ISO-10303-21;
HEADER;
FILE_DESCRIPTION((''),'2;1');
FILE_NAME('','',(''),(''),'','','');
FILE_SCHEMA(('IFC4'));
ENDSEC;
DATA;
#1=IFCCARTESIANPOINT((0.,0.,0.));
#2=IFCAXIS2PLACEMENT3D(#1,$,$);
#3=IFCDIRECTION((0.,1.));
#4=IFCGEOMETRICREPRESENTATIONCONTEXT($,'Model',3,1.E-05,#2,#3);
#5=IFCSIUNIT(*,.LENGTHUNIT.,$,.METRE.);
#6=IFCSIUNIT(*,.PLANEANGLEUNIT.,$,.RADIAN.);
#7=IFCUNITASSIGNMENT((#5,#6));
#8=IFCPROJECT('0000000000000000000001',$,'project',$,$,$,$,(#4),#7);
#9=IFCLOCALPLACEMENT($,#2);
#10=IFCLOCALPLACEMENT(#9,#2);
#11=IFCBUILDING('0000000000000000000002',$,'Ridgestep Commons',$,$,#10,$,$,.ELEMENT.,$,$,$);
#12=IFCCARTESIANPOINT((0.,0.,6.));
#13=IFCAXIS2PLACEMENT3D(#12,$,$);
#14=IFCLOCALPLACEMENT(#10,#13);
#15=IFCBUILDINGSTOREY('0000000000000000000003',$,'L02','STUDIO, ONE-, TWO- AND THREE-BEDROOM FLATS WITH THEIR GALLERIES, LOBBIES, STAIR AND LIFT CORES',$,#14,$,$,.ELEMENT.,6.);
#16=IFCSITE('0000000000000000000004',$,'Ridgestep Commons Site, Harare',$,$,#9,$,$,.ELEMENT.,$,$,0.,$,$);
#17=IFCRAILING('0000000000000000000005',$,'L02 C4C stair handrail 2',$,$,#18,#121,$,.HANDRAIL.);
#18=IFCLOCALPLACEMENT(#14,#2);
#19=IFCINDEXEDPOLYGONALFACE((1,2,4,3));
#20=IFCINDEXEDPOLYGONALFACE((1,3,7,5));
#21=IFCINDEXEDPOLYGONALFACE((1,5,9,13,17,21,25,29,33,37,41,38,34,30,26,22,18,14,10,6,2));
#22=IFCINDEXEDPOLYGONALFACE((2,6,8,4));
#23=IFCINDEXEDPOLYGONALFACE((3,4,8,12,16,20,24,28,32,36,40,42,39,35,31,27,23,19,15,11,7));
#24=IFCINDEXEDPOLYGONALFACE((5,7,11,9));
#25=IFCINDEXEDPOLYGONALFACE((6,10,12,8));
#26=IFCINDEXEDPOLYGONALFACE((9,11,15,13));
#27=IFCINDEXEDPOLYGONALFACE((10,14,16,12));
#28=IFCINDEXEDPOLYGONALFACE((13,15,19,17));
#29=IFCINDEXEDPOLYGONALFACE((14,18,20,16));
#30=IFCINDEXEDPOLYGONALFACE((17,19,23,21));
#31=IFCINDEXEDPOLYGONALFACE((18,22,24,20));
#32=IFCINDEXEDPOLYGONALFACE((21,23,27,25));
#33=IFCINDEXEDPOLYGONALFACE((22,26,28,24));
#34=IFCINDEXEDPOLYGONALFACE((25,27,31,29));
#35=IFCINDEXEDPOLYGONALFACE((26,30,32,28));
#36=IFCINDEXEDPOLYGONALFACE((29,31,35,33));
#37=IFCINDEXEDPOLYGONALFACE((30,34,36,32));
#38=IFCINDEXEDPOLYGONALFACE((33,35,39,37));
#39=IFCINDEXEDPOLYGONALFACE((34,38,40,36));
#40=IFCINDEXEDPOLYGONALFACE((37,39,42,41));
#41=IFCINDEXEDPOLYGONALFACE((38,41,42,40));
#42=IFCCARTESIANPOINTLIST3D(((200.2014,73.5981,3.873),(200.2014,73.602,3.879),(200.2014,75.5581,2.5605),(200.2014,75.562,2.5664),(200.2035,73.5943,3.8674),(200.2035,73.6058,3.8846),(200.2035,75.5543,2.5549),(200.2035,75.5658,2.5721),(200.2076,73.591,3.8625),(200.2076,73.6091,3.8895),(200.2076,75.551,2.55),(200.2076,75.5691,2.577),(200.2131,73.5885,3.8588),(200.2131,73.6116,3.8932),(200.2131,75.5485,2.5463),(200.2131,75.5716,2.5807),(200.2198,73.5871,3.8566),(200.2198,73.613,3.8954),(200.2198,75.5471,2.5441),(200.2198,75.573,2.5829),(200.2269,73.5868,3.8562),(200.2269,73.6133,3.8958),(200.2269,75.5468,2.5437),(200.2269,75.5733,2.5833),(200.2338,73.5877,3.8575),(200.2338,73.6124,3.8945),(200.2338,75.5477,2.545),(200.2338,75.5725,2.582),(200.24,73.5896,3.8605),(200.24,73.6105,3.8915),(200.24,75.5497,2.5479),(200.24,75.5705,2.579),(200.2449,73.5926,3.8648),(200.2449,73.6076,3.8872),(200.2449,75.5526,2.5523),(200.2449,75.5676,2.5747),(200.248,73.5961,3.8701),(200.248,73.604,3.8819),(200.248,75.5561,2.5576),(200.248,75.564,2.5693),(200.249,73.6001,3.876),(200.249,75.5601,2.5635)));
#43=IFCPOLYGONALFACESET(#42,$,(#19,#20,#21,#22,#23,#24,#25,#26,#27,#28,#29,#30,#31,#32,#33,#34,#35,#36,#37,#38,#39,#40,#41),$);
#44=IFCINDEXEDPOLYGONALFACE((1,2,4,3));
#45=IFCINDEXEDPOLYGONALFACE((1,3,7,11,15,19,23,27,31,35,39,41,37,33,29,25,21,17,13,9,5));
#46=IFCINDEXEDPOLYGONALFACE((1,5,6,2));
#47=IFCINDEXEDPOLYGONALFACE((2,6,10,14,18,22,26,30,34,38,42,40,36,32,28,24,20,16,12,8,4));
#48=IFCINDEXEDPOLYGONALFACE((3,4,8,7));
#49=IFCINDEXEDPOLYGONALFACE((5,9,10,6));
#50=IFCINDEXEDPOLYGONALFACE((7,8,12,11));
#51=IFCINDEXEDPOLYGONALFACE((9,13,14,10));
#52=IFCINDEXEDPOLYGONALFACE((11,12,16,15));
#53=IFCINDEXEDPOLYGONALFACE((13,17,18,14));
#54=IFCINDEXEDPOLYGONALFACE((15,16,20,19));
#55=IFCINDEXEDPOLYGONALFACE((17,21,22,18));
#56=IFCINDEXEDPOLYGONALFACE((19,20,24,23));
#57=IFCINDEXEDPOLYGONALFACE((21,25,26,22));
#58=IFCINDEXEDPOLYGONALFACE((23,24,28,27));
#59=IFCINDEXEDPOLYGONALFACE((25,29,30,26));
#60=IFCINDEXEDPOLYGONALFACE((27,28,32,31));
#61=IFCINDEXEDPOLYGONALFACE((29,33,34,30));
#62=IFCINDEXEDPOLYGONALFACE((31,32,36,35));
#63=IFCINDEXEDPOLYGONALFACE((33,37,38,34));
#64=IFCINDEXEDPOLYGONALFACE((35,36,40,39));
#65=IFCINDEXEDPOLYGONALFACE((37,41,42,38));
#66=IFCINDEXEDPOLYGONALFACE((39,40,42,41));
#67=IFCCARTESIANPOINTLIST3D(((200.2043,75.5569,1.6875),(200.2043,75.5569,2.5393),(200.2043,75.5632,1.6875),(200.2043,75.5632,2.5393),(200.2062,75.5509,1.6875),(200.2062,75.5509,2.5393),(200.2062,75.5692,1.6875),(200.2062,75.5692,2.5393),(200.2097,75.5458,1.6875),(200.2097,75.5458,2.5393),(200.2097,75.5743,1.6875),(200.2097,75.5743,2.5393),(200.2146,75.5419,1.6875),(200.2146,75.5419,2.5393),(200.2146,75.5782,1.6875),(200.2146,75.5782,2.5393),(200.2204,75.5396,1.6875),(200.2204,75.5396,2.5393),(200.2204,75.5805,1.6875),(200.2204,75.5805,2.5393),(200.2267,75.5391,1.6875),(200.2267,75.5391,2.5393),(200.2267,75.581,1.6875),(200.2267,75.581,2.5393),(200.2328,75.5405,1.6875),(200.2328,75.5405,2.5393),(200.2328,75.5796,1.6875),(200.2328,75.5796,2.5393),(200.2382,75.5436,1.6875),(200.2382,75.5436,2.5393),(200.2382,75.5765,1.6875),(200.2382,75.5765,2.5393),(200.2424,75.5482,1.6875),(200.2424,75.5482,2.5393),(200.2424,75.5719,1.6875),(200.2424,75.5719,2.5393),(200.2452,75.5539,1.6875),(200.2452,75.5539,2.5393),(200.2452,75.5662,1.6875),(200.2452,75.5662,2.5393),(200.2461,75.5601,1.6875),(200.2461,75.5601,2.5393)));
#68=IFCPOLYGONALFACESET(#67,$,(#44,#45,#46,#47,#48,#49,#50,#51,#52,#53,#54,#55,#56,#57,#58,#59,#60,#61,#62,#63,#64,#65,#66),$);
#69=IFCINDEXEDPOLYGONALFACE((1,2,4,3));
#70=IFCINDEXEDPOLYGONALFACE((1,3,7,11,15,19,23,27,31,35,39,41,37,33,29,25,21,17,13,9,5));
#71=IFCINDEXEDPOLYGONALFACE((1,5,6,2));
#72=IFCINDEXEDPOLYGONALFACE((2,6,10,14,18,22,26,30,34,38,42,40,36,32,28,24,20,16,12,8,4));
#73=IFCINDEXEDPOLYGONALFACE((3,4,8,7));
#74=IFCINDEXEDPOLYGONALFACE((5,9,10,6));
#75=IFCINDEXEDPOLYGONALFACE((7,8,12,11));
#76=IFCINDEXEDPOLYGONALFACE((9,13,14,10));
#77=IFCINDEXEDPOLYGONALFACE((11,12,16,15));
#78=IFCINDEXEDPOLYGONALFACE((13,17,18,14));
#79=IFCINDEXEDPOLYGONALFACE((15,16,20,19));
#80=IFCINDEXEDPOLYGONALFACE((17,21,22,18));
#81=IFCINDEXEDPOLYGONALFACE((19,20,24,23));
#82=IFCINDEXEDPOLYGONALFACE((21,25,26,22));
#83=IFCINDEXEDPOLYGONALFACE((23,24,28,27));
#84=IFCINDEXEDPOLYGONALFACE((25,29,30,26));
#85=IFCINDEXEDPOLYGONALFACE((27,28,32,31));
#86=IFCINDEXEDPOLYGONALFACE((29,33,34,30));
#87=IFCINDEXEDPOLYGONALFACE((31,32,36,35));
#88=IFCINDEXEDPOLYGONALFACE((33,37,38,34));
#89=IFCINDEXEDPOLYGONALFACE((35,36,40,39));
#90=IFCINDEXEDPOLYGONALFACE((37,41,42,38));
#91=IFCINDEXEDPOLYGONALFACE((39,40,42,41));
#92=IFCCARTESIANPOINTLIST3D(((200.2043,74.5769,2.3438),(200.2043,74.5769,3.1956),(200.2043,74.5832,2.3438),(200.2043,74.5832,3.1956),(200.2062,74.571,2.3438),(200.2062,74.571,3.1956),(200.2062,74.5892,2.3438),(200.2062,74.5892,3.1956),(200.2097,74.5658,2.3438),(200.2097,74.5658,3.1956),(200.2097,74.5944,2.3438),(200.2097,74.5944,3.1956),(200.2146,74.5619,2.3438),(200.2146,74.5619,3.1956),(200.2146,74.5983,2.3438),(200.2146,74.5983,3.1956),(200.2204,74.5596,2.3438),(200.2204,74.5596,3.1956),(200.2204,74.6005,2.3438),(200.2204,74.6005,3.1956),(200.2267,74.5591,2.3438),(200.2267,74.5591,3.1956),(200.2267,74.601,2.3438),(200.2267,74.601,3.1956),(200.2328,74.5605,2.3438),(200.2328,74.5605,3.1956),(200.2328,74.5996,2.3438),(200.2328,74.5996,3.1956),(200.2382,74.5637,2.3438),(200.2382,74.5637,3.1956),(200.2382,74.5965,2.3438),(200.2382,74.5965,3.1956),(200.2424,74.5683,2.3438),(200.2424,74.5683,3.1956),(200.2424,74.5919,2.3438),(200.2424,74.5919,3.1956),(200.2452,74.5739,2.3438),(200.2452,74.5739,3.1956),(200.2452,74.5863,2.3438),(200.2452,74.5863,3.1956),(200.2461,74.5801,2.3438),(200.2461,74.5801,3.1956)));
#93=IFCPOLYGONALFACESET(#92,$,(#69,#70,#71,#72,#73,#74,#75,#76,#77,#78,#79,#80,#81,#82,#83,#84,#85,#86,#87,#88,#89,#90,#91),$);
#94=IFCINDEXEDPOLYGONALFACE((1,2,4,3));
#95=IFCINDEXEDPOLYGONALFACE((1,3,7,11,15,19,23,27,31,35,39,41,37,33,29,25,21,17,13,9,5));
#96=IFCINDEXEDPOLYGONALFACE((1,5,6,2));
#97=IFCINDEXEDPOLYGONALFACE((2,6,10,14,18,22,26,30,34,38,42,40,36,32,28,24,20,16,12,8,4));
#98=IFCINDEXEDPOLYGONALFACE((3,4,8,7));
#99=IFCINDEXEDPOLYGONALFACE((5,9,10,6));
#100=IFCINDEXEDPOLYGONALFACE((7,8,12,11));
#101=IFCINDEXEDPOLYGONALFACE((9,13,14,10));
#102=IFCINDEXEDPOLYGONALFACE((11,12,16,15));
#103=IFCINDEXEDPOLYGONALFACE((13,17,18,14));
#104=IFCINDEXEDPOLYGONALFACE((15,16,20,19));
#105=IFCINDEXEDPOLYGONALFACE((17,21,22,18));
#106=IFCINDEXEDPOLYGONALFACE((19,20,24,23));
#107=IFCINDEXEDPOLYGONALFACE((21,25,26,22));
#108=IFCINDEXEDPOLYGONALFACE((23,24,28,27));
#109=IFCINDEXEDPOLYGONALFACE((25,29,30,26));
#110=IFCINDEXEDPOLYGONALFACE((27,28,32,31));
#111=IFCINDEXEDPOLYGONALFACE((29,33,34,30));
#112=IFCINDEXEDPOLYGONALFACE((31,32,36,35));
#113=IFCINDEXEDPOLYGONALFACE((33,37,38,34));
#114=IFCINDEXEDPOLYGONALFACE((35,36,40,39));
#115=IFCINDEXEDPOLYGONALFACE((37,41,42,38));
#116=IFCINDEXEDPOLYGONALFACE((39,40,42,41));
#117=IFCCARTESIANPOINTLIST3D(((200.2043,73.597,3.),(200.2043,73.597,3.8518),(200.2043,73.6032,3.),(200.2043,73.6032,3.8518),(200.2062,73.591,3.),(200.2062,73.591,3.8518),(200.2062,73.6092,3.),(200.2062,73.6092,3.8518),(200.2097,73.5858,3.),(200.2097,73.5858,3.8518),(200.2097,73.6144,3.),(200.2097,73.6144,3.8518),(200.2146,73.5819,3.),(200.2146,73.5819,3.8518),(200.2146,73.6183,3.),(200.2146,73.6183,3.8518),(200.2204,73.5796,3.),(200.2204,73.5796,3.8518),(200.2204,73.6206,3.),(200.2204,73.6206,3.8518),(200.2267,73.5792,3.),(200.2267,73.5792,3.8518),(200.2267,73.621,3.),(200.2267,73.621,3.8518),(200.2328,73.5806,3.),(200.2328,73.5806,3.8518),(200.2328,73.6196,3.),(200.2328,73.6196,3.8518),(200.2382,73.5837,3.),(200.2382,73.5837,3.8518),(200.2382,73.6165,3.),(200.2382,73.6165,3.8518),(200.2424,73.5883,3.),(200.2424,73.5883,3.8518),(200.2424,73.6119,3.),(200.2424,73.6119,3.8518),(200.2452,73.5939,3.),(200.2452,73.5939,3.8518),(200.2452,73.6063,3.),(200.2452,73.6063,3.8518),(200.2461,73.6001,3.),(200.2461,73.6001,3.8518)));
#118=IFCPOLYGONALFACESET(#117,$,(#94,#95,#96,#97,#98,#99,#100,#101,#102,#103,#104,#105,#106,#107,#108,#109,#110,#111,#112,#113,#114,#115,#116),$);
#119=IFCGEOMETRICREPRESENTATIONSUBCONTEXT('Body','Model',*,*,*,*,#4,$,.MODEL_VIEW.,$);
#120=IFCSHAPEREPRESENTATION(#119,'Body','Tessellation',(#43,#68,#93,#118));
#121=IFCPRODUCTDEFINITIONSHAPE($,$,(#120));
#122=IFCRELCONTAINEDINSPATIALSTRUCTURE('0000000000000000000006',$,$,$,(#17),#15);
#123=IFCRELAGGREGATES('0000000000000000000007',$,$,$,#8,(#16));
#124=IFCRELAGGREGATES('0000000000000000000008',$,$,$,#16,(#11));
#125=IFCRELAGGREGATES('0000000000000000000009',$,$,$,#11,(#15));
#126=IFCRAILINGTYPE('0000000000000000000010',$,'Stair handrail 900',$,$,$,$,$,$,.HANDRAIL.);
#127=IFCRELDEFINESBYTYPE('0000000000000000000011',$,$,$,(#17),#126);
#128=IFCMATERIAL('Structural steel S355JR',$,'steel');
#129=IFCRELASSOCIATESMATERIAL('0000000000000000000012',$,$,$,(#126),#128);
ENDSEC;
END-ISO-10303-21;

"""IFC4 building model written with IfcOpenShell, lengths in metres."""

from ifc_helpers import new_model, si_unit, direction, frame, origin, origin_2d, place, context, subcontext, project, spatial, circle, extrude, material, type_object, element, save


model = new_model("IFC4")

# Units and contexts
model_context = context("Model", 3, precision=1e-05, world=origin(), true_north=direction((0.0, 1.0)))
body_context = subcontext(model_context, "Body", "Model", "MODEL_VIEW")
ifc_project = project(units=[si_unit("LENGTHUNIT", "METRE"), si_unit("PLANEANGLEUNIT", "RADIAN")], contexts=[model_context])

# Site, building, storey
site_placement = place(None, origin())
site = spatial("IfcSite", under=ifc_project, at=site_placement, Name="Ridgestep Commons Site, Harare", CompositionType="ELEMENT", RefElevation=0.0)
building_placement = place(site_placement, origin())
building = spatial("IfcBuilding", under=site, at=building_placement, Name="Ridgestep Commons", CompositionType="ELEMENT")
storey_placement = place(building_placement, frame((0.0, 0.0, 6.0)))
storey = spatial("IfcBuildingStorey", under=building, at=storey_placement, Name="L02", Description="STUDIO, ONE-, TWO- AND THREE-BEDROOM FLATS WITH THEIR GALLERIES, LOBBIES, STAIR AND LIFT CORES", CompositionType="ELEMENT", Elevation=6.0)

# Railing
ifc_material_1 = material(Name="Structural steel S355JR", Category="steel")
railing_type_1 = type_object("IfcRailingType", Name="Stair handrail 900", PredefinedType="HANDRAIL", material=ifc_material_1)
railing_1_placement = place(storey_placement, frame((200.2251, 75.5601, 1.6875)))
element("IfcRailing", 1, at=railing_1_placement, inside=storey, type_object=railing_type_1, Name="L02 C4C stair handrail 2", PredefinedType="HANDRAIL", context=body_context, shape_type="SweptSolid", body=[
    extrude(circle(Radius=0.0239, at=origin_2d()), frame((0.0, 0.0, 0.876), z_axis=(0.0, -0.830902, 0.556419), x_axis=(1.0, 0.0, 0.0)), (0.0, 0.0, 1.0), 2.3589),
    extrude(circle(Radius=0.021, at=origin_2d()), origin(), (0.0, 0.0, 1.0), 0.8518),
    extrude(circle(Radius=0.021, at=origin_2d()), frame((0.0, -0.98, 0.6562)), (0.0, 0.0, 1.0), 0.8518),
    extrude(circle(Radius=0.021, at=origin_2d()), frame((0.0, -1.96, 1.3125)), (0.0, 0.0, 1.0), 0.8518),
])

save(model, "model.ifc")
